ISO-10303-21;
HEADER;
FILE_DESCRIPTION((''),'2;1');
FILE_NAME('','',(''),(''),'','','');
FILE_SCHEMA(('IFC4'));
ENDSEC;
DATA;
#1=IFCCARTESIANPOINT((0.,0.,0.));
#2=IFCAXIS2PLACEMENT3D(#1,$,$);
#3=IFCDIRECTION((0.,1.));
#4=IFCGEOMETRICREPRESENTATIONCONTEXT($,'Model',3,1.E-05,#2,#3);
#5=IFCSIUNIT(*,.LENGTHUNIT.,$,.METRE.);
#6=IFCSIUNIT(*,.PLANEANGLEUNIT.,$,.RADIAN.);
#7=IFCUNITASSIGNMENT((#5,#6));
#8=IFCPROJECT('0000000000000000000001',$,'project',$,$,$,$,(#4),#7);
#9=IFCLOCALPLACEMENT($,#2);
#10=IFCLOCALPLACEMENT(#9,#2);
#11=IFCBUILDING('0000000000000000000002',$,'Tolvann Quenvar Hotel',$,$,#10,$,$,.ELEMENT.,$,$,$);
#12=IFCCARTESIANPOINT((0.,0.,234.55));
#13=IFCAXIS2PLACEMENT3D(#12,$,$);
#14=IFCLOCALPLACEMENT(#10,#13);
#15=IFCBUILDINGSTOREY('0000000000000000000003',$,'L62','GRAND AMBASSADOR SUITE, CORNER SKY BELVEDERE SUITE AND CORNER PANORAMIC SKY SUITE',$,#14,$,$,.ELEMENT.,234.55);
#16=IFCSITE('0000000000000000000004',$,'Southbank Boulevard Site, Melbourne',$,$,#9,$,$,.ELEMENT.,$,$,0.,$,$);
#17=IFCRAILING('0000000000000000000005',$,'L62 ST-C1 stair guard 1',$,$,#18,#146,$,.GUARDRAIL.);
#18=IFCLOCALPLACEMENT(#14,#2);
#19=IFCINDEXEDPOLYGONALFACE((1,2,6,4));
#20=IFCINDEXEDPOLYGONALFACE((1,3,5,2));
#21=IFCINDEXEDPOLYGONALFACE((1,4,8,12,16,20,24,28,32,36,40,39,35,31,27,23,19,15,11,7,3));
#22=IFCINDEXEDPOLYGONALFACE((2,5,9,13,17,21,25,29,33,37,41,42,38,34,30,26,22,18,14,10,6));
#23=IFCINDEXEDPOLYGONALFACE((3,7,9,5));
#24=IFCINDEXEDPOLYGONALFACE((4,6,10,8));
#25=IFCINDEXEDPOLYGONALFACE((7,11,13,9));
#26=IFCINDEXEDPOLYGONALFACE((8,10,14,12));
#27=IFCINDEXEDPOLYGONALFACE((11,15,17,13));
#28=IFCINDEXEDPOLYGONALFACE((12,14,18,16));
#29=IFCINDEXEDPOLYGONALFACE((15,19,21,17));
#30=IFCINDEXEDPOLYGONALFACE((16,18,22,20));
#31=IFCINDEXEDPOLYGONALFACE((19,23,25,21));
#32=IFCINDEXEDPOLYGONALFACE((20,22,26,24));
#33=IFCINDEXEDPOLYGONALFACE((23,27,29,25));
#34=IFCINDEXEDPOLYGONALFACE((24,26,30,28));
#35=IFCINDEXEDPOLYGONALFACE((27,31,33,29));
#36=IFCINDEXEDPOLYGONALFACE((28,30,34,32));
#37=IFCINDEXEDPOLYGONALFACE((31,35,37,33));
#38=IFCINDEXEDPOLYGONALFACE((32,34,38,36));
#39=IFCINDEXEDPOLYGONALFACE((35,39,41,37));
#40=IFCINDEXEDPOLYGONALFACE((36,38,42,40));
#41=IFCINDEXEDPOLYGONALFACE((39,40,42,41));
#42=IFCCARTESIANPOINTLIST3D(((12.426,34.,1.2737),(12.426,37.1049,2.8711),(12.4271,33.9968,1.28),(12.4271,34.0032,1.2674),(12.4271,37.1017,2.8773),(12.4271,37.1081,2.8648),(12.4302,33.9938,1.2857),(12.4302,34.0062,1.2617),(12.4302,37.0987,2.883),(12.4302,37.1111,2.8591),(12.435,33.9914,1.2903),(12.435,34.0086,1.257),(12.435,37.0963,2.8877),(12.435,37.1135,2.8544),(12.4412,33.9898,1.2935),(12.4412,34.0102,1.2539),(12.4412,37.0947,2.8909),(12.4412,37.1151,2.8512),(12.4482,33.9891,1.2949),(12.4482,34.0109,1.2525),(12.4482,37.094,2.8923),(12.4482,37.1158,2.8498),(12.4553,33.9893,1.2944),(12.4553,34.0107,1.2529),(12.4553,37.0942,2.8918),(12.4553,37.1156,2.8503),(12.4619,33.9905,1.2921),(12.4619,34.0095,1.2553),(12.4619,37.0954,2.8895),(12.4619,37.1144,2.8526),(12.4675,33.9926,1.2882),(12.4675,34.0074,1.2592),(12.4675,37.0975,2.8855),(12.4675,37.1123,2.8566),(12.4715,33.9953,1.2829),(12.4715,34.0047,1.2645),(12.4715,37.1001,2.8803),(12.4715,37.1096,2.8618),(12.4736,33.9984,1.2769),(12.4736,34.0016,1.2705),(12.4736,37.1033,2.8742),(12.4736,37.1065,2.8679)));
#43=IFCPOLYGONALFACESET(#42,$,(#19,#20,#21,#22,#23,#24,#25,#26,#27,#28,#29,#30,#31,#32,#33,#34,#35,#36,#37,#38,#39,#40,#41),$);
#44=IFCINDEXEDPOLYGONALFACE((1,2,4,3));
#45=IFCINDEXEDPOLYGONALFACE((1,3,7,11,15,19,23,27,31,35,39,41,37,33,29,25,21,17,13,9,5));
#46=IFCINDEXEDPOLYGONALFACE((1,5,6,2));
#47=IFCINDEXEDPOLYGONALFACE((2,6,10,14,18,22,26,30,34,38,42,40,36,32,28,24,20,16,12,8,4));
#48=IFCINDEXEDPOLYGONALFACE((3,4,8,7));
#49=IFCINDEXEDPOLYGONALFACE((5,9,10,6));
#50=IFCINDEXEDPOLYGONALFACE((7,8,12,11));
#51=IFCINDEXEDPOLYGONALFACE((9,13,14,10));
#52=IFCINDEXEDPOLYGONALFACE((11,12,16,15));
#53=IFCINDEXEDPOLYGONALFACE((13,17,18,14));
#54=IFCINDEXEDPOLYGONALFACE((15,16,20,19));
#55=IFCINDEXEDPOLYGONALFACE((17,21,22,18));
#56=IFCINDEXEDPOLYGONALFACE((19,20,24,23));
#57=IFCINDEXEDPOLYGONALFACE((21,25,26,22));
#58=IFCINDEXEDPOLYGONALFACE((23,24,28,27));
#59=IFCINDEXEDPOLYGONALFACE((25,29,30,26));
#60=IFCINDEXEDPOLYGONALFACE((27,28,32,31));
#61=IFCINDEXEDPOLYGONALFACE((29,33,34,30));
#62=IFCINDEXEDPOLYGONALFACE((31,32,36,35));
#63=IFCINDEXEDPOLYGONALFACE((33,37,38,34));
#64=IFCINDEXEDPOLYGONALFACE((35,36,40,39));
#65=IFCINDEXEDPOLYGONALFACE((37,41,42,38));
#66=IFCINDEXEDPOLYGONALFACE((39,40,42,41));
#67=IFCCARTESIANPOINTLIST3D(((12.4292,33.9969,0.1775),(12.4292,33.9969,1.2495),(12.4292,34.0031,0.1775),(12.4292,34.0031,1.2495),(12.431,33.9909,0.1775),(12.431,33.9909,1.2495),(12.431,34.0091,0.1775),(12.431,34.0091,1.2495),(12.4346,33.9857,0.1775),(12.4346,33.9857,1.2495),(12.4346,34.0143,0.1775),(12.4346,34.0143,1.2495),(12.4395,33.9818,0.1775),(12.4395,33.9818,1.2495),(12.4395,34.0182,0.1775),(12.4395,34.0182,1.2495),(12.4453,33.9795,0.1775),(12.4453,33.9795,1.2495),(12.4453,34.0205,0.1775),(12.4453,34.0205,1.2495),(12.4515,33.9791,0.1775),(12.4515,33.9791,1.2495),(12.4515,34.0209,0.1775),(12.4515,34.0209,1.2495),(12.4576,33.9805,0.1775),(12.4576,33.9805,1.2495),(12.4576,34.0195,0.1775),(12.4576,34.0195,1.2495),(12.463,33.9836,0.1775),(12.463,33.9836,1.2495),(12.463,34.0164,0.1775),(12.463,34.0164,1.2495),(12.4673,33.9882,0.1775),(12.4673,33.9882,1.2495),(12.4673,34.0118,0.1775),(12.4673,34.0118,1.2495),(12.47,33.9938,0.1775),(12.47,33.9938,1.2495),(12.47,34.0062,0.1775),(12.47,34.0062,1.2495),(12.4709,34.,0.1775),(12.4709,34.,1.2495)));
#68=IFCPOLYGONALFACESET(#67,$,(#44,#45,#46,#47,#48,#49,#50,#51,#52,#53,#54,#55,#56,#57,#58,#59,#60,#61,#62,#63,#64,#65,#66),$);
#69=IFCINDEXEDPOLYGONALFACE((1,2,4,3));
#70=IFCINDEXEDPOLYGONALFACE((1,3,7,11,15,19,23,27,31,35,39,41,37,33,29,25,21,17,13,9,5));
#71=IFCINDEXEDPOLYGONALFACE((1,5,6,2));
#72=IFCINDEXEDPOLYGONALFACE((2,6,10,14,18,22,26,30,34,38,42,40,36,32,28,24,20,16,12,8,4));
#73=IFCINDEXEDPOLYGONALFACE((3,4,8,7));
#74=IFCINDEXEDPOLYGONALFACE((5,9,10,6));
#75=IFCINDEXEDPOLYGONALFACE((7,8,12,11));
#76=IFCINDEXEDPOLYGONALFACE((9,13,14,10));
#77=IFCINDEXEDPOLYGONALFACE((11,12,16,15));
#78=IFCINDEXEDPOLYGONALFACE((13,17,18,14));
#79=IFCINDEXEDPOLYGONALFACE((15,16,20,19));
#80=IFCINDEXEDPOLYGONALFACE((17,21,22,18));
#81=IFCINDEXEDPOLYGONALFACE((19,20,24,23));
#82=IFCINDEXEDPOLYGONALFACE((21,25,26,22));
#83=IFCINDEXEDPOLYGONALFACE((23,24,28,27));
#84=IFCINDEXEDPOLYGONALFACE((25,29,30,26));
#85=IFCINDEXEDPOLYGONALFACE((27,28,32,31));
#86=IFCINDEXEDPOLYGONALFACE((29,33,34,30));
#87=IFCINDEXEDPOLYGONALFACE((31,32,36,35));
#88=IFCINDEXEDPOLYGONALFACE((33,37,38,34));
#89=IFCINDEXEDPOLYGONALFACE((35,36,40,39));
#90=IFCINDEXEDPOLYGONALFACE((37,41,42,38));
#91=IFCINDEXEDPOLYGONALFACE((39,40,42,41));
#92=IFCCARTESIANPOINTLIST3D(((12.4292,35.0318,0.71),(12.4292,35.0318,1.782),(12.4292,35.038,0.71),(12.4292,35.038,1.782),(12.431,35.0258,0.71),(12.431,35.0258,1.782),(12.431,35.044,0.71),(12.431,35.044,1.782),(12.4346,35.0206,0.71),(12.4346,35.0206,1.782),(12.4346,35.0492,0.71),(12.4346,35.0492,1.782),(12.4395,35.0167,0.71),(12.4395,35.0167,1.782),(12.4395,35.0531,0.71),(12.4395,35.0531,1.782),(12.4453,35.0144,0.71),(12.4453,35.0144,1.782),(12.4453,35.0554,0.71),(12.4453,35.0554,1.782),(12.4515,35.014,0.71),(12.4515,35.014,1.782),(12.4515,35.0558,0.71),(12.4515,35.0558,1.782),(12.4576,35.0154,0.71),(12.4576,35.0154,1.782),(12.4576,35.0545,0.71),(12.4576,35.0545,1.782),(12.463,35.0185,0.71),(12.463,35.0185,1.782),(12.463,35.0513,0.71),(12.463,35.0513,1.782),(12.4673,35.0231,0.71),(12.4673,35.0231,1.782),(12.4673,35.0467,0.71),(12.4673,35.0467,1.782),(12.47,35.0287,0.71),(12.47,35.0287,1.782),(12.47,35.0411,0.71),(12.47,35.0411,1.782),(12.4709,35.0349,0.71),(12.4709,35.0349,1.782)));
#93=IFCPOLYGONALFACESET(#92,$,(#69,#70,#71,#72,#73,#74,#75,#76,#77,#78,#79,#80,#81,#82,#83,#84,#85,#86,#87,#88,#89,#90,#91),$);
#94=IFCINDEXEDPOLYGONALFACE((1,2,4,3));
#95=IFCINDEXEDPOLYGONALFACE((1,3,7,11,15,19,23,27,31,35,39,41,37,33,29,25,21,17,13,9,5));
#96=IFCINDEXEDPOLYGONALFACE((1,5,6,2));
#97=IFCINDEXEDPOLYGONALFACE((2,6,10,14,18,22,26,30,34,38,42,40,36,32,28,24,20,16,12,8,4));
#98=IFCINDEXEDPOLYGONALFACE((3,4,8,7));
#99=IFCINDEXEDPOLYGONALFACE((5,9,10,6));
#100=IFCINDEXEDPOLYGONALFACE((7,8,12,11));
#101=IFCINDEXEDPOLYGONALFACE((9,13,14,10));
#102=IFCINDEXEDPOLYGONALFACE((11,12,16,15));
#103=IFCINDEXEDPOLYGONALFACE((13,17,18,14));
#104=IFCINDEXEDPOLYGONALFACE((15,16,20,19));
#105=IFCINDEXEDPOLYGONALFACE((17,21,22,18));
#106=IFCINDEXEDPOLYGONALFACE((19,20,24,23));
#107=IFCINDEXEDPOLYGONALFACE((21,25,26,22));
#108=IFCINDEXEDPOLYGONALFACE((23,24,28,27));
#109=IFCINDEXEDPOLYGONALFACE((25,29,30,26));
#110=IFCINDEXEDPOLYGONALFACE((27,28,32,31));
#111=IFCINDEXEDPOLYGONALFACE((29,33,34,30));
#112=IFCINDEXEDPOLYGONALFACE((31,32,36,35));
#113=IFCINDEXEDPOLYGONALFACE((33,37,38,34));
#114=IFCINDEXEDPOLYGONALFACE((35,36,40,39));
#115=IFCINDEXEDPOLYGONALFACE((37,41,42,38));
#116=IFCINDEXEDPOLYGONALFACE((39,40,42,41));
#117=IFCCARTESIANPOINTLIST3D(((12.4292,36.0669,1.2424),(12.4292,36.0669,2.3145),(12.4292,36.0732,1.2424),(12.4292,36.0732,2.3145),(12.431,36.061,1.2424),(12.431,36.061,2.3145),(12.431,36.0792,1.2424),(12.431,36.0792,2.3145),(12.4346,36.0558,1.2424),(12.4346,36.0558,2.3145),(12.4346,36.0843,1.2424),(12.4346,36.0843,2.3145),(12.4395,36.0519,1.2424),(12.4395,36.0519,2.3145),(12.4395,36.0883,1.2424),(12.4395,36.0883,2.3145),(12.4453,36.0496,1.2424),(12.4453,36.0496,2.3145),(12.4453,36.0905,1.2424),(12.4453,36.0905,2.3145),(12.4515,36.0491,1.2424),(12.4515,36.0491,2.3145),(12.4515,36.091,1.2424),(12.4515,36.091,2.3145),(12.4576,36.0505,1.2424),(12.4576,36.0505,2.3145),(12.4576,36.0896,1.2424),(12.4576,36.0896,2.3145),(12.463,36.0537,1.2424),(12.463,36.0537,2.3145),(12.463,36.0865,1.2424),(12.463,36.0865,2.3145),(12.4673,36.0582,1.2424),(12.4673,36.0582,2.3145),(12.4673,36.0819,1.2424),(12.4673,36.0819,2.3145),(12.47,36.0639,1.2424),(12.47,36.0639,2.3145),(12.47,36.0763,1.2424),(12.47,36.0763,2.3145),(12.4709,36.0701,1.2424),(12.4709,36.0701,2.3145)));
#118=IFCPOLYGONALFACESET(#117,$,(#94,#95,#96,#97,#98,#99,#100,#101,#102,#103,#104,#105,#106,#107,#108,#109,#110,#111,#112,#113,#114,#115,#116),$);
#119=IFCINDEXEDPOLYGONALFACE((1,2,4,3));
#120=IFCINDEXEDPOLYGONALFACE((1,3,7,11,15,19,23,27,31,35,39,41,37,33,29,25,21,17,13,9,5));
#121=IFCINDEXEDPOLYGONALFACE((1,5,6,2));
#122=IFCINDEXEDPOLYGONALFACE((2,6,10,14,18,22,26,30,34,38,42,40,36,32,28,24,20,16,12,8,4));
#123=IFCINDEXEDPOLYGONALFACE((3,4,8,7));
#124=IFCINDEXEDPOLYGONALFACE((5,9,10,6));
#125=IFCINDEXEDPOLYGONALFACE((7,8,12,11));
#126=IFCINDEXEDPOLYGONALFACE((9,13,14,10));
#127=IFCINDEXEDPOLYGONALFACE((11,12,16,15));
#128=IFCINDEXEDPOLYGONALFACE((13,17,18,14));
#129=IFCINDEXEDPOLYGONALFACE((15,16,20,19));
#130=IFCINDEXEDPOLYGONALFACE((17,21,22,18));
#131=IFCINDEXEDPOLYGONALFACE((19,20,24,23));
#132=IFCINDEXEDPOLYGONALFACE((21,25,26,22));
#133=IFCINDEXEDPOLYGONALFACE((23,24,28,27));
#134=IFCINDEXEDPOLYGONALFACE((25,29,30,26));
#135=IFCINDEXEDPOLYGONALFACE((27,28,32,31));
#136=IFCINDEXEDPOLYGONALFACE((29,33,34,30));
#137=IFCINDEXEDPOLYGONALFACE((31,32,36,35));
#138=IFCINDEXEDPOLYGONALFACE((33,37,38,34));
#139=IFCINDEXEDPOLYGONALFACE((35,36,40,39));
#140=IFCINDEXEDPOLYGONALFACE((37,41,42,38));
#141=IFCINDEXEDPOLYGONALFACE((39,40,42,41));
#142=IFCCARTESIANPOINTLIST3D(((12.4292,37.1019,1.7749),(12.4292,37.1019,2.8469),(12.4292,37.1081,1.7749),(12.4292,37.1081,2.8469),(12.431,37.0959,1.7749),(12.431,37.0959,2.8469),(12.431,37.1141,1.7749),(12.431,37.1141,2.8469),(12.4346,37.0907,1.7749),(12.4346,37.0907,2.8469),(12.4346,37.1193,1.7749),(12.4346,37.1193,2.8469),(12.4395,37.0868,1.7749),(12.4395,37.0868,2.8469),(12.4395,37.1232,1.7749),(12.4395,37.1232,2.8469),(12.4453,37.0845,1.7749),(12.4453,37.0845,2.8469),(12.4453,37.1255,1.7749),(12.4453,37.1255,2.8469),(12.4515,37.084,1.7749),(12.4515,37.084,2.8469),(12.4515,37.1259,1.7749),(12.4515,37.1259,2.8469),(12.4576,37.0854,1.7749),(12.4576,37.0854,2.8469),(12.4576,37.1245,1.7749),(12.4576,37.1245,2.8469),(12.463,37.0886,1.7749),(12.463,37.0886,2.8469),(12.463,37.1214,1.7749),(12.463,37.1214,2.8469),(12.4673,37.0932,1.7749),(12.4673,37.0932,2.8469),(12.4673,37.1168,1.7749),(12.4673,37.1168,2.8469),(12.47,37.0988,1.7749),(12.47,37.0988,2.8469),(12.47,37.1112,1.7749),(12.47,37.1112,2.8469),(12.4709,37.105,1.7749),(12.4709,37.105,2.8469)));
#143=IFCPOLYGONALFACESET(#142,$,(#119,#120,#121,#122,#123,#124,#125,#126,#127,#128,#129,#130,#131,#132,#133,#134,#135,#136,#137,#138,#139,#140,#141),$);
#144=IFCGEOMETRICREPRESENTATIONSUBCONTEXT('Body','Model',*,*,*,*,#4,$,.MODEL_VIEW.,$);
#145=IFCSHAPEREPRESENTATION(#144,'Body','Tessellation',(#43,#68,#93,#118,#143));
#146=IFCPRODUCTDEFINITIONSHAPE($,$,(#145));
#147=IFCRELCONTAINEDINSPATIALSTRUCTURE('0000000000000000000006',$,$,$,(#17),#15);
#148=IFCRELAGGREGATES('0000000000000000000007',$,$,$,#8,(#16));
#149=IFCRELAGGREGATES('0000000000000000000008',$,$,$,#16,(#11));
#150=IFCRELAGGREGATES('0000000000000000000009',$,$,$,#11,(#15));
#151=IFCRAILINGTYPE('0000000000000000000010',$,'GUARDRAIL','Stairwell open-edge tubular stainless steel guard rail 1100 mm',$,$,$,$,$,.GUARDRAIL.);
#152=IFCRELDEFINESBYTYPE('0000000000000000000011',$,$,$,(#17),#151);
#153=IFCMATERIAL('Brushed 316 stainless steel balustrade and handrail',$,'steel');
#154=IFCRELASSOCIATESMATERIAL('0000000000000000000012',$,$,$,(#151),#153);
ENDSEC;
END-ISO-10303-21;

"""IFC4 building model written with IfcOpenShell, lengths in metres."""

from ifc_helpers import new_model, si_unit, direction, frame, origin, origin_2d, place, context, subcontext, project, spatial, circle, extrude, material, type_object, element, save


model = new_model("IFC4")

# Units and contexts
model_context = context("Model", 3, precision=1e-05, world=origin(), true_north=direction((0.0, 1.0)))
body_context = subcontext(model_context, "Body", "Model", "MODEL_VIEW")
ifc_project = project(units=[si_unit("LENGTHUNIT", "METRE"), si_unit("PLANEANGLEUNIT", "RADIAN")], contexts=[model_context])

# Site, building, storey
site_placement = place(None, origin())
site = spatial("IfcSite", under=ifc_project, at=site_placement, Name="Southbank Boulevard Site, Melbourne", CompositionType="ELEMENT", RefElevation=0.0)
building_placement = place(site_placement, origin())
building = spatial("IfcBuilding", under=site, at=building_placement, Name="Tolvann Quenvar Hotel", CompositionType="ELEMENT")
storey_placement = place(building_placement, frame((0.0, 0.0, 234.55)))
storey = spatial("IfcBuildingStorey", under=building, at=storey_placement, Name="L62", Description="GRAND AMBASSADOR SUITE, CORNER SKY BELVEDERE SUITE AND CORNER PANORAMIC SKY SUITE", CompositionType="ELEMENT", Elevation=234.55)

# Railing
ifc_material_1 = material(Name="Brushed 316 stainless steel balustrade and handrail", Category="steel")
railing_type_1 = type_object("IfcRailingType", Name="GUARDRAIL", Description="Stairwell open-edge tubular stainless steel guard rail 1100 mm", PredefinedType="GUARDRAIL", material=ifc_material_1)
railing_1_placement = place(storey_placement, frame((12.45, 34.0, 0.1775)))
element("IfcRailing", 1, at=railing_1_placement, inside=storey, type_object=railing_type_1, Name="L62 ST-C1 stair guard 1", PredefinedType="GUARDRAIL", context=body_context, shape_type="SweptSolid", body=[
    extrude(circle(Radius=0.0239, at=origin_2d()), frame((0.0, 0.0, 1.0962), z_axis=(0.0, 0.889222, 0.457476), x_axis=(-1.0, 0.0, 0.0)), (0.0, 0.0, 1.0), 3.4917),
    extrude(circle(Radius=0.021, at=origin_2d()), origin(), (0.0, 0.0, 1.0), 1.072),
    extrude(circle(Radius=0.021, at=origin_2d()), frame((0.0, 1.0349, 0.5325)), (0.0, 0.0, 1.0), 1.072),
    extrude(circle(Radius=0.021, at=origin_2d()), frame((0.0, 2.0701, 1.0649)), (0.0, 0.0, 1.0), 1.072),
    extrude(circle(Radius=0.021, at=origin_2d()), frame((0.0, 3.105, 1.5974)), (0.0, 0.0, 1.0), 1.072),
])

save(model, "model.ifc")
